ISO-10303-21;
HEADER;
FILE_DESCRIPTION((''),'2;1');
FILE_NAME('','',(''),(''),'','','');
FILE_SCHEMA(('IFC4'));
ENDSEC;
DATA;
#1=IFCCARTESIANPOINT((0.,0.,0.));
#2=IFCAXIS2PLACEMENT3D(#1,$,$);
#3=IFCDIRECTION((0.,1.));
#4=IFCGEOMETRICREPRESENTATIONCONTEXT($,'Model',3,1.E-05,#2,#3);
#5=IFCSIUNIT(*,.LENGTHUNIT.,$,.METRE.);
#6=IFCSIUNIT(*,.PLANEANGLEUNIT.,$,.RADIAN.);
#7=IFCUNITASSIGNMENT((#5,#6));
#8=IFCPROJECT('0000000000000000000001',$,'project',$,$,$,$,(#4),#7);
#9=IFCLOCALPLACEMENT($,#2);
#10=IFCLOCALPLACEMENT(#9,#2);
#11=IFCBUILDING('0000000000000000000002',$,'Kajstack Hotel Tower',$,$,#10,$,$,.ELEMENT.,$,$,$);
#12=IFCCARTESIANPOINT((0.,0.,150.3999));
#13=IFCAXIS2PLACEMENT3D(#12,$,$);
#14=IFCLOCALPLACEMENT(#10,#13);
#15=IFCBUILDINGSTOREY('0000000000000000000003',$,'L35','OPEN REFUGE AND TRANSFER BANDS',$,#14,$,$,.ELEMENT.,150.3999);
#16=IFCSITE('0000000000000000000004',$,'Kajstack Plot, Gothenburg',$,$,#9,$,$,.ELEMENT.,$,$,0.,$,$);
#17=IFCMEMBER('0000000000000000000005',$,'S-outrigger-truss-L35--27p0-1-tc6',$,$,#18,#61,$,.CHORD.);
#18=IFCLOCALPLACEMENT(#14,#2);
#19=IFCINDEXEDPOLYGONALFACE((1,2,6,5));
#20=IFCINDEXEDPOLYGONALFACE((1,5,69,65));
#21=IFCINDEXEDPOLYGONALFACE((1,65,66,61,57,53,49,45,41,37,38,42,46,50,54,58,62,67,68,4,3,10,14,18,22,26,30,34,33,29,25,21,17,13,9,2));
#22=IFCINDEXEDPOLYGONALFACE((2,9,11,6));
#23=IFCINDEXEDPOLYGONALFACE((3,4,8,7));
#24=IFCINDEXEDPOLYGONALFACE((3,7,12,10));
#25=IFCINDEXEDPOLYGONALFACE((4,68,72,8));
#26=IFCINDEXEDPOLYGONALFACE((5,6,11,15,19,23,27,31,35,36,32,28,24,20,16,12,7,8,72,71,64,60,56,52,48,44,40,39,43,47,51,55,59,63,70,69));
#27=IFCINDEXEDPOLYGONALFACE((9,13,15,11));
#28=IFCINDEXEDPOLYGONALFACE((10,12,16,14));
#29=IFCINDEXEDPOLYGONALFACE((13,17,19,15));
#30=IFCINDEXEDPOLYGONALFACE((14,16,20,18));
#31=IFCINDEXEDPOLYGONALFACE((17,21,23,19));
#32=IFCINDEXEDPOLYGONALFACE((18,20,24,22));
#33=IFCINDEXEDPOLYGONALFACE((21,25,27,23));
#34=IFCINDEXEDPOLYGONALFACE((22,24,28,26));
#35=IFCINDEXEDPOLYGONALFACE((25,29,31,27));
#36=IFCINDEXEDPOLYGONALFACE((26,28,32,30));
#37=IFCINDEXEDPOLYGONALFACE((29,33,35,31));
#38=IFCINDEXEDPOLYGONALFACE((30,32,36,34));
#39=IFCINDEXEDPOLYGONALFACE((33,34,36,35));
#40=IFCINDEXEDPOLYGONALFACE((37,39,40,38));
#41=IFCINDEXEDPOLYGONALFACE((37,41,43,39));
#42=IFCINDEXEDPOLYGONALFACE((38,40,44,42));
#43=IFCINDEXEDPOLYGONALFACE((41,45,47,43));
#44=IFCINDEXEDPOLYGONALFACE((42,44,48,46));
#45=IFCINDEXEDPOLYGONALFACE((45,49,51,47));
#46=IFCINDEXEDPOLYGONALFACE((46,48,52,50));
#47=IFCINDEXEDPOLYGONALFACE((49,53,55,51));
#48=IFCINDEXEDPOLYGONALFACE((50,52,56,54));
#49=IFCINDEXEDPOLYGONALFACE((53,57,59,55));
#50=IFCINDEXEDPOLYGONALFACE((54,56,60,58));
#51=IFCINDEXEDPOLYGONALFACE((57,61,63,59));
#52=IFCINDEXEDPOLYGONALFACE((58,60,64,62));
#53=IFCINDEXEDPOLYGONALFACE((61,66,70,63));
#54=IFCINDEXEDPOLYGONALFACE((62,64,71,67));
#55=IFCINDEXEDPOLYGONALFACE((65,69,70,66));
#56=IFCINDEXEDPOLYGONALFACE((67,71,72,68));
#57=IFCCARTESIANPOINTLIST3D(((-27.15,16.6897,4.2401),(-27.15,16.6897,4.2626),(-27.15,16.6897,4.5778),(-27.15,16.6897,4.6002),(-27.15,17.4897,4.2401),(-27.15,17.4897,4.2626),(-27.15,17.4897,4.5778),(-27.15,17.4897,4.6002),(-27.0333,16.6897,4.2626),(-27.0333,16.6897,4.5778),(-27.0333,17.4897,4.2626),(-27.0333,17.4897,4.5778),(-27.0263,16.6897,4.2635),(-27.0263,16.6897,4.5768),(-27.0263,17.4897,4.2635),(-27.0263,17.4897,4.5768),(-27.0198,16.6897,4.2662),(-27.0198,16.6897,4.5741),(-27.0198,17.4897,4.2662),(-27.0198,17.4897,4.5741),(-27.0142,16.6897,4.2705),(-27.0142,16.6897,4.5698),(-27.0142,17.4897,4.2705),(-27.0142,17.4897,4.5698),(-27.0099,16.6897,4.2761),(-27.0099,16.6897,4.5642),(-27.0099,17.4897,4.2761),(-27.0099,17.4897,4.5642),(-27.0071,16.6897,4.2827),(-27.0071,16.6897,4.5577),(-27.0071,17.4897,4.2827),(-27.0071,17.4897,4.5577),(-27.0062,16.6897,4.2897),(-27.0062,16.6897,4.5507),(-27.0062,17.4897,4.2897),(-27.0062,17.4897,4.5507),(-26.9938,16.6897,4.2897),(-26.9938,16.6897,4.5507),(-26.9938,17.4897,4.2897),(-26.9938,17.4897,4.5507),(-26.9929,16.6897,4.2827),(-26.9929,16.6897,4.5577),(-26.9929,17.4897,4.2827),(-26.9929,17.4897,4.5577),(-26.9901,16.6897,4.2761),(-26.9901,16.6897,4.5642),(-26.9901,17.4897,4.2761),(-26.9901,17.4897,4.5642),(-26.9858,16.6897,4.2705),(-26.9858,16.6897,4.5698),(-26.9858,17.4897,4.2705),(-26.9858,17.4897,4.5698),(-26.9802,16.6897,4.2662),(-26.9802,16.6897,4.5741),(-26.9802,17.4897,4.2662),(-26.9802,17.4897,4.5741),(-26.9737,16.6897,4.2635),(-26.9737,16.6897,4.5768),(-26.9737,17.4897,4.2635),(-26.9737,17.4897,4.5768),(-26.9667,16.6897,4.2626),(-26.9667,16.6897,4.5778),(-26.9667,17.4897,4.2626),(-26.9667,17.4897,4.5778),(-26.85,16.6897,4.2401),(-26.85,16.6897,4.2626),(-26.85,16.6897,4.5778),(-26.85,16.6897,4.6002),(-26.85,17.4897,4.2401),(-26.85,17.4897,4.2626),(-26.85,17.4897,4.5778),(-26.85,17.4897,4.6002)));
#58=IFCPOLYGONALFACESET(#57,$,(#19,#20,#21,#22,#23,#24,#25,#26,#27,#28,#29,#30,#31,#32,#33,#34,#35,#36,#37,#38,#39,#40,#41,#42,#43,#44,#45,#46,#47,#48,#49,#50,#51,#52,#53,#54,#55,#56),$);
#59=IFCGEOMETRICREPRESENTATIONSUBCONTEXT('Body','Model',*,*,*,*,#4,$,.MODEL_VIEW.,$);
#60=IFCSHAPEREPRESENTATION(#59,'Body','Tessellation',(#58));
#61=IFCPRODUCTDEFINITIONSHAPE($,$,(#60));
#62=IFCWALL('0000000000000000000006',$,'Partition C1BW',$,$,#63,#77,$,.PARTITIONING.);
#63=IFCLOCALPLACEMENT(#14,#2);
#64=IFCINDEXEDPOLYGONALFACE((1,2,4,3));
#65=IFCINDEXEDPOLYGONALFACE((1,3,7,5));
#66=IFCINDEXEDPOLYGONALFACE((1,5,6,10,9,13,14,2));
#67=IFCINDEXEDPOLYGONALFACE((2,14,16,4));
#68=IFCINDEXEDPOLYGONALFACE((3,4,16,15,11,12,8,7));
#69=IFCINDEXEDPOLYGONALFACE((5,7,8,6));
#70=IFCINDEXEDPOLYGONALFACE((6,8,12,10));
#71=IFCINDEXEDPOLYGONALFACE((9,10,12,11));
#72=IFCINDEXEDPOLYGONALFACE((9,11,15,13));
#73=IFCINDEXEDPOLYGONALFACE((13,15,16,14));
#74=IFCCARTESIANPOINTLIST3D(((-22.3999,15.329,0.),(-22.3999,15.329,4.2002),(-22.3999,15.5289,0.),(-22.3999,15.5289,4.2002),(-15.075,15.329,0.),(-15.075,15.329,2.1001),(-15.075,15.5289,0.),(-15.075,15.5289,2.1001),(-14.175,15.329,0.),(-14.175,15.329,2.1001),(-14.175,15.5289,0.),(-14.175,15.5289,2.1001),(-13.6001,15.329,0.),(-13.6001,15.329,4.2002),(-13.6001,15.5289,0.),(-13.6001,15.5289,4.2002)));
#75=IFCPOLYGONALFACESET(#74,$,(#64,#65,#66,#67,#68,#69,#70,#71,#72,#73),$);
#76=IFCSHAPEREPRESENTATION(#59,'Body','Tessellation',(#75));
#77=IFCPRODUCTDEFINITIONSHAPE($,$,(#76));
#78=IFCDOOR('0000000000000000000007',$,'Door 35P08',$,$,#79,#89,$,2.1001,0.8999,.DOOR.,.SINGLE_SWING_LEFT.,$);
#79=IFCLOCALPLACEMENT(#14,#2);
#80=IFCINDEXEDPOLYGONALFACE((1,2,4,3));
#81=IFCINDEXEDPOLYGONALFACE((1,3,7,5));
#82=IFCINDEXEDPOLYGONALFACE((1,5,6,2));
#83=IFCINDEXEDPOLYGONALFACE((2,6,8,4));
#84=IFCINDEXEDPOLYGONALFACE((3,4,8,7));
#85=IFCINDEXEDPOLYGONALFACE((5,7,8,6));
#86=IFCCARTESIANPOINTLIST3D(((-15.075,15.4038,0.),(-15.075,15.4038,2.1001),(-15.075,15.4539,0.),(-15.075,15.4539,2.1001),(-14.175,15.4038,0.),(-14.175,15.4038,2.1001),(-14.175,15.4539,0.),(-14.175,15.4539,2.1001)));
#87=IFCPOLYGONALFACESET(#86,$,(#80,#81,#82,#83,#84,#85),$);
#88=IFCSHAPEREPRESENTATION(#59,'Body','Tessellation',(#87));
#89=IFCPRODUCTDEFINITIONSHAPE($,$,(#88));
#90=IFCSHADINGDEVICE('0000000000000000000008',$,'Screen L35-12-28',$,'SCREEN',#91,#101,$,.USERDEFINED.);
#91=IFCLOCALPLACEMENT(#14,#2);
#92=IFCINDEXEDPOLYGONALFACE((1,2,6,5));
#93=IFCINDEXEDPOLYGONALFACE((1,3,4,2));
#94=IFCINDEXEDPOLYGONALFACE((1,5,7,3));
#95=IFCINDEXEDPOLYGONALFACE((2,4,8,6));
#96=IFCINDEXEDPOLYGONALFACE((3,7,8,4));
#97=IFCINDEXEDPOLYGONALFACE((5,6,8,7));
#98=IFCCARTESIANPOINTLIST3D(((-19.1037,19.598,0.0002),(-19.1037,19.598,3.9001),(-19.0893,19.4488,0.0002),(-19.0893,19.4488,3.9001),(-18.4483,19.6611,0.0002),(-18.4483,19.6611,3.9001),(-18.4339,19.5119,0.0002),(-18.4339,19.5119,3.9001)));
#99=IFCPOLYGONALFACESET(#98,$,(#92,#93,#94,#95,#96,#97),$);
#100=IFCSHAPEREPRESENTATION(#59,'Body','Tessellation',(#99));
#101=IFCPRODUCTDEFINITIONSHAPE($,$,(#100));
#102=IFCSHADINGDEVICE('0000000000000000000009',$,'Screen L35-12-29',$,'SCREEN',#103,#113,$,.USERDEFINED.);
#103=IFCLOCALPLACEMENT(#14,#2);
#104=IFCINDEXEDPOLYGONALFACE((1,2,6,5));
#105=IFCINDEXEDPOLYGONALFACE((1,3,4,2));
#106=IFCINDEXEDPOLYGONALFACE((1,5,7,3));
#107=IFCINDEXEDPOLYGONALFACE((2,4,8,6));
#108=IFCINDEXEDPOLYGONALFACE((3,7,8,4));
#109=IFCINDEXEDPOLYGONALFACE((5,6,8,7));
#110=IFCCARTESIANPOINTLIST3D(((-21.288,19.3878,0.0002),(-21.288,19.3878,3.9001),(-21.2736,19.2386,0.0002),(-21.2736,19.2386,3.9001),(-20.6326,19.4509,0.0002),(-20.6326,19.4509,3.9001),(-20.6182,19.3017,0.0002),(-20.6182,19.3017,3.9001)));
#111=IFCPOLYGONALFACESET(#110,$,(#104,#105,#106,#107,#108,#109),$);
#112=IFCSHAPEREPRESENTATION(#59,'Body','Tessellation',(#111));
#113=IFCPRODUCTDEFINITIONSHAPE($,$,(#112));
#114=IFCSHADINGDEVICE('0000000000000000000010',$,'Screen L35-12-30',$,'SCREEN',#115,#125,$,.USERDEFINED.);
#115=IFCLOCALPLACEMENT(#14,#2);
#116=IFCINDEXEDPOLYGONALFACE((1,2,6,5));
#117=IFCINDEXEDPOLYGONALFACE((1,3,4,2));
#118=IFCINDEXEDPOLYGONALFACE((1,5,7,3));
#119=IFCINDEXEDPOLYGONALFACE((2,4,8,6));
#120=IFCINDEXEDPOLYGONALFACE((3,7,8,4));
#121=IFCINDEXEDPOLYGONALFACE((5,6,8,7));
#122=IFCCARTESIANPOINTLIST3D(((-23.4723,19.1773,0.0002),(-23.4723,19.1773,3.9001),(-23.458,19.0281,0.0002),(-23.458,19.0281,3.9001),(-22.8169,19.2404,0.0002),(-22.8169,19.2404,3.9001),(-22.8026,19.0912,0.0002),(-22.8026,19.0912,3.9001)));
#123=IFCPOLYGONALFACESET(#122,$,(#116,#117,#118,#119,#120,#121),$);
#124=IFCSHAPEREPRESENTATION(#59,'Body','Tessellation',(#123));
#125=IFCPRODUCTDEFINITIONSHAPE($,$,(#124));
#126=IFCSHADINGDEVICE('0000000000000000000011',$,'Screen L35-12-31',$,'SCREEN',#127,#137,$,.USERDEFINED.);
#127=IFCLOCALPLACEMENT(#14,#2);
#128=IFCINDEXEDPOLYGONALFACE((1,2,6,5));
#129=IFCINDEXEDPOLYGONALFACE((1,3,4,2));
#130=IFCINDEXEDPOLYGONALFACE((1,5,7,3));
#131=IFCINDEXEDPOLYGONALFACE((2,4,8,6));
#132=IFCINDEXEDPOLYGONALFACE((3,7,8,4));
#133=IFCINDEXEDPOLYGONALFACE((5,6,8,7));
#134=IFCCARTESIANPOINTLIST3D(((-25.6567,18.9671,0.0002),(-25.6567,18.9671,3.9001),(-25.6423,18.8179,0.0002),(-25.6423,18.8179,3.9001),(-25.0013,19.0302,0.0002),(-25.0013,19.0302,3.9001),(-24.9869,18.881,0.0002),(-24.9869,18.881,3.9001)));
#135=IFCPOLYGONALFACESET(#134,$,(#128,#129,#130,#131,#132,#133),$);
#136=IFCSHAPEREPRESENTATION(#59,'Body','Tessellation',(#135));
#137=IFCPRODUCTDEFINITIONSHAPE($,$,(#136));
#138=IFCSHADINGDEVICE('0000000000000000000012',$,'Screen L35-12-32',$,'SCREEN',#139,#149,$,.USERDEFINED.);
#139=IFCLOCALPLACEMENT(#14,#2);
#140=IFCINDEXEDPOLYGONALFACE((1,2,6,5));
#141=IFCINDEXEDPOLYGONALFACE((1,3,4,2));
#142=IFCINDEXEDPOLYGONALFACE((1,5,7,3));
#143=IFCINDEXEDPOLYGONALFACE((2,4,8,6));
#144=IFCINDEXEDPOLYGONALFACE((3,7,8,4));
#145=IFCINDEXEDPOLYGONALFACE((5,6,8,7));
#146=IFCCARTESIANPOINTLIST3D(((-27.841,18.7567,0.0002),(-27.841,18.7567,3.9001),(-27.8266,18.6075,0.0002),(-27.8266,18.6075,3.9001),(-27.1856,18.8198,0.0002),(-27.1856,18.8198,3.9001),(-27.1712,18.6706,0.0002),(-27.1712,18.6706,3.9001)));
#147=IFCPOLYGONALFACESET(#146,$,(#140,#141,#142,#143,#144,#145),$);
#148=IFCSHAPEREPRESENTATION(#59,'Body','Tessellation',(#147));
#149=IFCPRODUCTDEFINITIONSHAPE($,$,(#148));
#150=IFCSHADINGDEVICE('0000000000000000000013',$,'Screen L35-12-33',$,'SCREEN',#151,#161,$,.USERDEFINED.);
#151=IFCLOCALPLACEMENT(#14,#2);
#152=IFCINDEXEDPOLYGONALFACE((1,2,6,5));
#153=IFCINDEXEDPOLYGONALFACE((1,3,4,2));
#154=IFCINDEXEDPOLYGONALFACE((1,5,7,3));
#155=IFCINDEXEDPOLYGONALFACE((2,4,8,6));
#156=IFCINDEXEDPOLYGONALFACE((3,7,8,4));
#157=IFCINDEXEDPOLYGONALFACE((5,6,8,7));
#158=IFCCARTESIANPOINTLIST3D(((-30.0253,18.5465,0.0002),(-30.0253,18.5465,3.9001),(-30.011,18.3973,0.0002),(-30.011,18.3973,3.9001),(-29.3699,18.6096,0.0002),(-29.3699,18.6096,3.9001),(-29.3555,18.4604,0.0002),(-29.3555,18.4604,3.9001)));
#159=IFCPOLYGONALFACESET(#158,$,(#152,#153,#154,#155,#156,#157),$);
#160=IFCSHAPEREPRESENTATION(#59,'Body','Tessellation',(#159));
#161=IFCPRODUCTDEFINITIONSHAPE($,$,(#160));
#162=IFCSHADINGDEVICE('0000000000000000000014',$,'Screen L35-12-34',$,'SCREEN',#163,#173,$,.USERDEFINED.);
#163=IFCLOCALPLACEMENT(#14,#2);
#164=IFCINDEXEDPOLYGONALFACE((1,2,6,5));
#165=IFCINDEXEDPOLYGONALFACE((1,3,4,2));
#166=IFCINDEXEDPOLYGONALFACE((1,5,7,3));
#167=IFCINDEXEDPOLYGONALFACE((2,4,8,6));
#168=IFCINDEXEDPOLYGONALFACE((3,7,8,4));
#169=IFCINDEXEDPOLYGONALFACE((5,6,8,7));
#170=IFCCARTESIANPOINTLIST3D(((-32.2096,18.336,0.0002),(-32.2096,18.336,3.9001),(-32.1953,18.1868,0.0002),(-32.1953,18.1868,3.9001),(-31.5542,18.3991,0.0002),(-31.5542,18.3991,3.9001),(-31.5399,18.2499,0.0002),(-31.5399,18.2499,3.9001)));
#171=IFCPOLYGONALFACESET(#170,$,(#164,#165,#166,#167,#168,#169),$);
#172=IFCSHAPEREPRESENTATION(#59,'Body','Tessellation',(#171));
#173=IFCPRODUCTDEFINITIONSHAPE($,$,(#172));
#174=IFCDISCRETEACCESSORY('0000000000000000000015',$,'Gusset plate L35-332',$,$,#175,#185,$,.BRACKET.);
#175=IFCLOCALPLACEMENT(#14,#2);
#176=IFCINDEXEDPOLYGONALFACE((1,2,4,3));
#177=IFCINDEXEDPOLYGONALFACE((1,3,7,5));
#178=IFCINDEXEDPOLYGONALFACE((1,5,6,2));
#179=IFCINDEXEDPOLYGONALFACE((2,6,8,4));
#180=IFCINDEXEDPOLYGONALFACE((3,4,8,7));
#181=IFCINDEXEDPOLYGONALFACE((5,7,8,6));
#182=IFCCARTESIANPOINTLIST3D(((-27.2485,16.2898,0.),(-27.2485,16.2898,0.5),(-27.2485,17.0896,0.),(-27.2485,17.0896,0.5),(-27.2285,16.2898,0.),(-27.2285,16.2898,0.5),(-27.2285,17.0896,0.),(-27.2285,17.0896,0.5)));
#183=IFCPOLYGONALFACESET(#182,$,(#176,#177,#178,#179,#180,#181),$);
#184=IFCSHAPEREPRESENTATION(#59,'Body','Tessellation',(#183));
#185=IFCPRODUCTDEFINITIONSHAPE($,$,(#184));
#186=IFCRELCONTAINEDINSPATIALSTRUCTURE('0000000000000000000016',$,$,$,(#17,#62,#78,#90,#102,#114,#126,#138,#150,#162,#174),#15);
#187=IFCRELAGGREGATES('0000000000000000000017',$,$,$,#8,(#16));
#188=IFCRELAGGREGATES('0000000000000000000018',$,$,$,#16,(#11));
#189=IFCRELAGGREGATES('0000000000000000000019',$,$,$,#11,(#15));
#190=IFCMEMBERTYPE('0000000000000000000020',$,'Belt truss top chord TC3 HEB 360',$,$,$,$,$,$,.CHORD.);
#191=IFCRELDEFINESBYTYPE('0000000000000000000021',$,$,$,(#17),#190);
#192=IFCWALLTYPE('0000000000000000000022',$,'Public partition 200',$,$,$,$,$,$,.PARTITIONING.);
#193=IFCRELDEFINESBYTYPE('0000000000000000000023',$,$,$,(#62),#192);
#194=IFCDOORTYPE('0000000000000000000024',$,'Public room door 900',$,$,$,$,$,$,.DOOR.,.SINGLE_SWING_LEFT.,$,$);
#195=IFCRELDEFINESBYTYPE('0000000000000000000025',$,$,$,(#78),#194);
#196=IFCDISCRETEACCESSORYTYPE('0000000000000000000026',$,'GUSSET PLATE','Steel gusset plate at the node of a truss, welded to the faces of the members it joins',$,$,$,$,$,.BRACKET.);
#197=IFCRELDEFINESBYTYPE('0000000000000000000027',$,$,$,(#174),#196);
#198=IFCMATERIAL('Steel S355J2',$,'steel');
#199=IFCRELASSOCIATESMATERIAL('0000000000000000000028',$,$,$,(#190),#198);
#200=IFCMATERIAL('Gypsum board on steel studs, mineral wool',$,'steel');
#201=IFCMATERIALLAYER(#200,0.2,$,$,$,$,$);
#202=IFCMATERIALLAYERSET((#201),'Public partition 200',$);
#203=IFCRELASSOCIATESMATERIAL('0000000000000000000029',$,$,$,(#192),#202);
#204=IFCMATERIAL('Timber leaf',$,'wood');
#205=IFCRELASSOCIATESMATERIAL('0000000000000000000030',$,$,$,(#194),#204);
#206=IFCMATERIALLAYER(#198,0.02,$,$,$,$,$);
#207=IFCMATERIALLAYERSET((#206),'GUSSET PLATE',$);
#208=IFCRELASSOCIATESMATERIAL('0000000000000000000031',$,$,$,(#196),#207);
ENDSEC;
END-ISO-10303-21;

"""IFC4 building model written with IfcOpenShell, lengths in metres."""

from ifc_helpers import new_model, si_unit, direction, frame, frame_2d, origin, origin_2d, place, context, subcontext, project, spatial, polyline, rectangle, i_section, outline, extrude, material, layer, layer_set, material_profile, profile_set, type_object, element, fill, save


model = new_model("IFC4")

# Units and contexts
model_context = context("Model", 3, precision=1e-05, world=origin(), true_north=direction((0.0, 1.0)))
body_context = subcontext(model_context, "Body", "Model", "MODEL_VIEW")
ifc_project = project(units=[si_unit("LENGTHUNIT", "METRE"), si_unit("PLANEANGLEUNIT", "RADIAN")], contexts=[model_context])

# Site, building, storey
site_placement = place(None, origin())
site = spatial("IfcSite", under=ifc_project, at=site_placement, Name="Kajstack Plot, Gothenburg", CompositionType="ELEMENT", RefElevation=0.0)
building_placement = place(site_placement, origin())
building = spatial("IfcBuilding", under=site, at=building_placement, Name="Kajstack Hotel Tower", CompositionType="ELEMENT")
storey_placement = place(building_placement, frame((0.0, 0.0, 150.3999)))
storey = spatial("IfcBuildingStorey", under=building, at=storey_placement, Name="L35", Description="OPEN REFUGE AND TRANSFER BANDS", CompositionType="ELEMENT", Elevation=150.3999)

# Member
ifc_material_1 = material(Name="Steel S355J2", Category="steel")
ifc_material_profile_1 = material_profile(ifc_material_1, i_section(OverallWidth=0.3, OverallDepth=0.3601, WebThickness=0.0125, FlangeThickness=0.0225, FilletRadius=0.0271, at=origin_2d()), Name="HEB 360")
ifc_profile_set_1 = profile_set([ifc_material_profile_1], Name="Steel S355J2")
member_type_1 = type_object("IfcMemberType", Name="Belt truss top chord TC3 HEB 360", PredefinedType="CHORD", material=ifc_profile_set_1)
member_1_placement = place(storey_placement, frame((-27.0, 16.6897, 4.4202), z_axis=(0.0, 1.0, 0.0), x_axis=(-1.0, 0.0, 0.0)))
element("IfcMember", 1, at=member_1_placement, inside=storey, type_object=member_type_1, Name="S-outrigger-truss-L35--27p0-1-tc6", PredefinedType="CHORD", context=body_context, shape_type="SweptSolid", body=[
    extrude(i_section(OverallWidth=0.3, OverallDepth=0.3601, WebThickness=0.0125, FlangeThickness=0.0225, FilletRadius=0.0271, at=origin_2d()), origin(), (0.0, 0.0, 1.0), 0.8),
])

# Wall, opening, door
ifc_material_2 = material(Name="Gypsum board on steel studs, mineral wool", Category="steel")
ifc_layer_1 = layer(ifc_material_2, 0.2)
ifc_layer_set_1 = layer_set([ifc_layer_1], Name="Public partition 200")
wall_type = type_object("IfcWallType", Name="Public partition 200", PredefinedType="PARTITIONING", material=ifc_layer_set_1)
wall_placement = place(storey_placement, frame((-22.3999, 15.429, 0.0), z_axis=(0.0, 0.0, 1.0), x_axis=(1.0, 0.0, 0.0)))
wall = element("IfcWall", 2, at=wall_placement, inside=storey, type_object=wall_type, Name="Partition C1BW", PredefinedType="PARTITIONING", context=body_context, shape_type="SweptSolid", body=[
    extrude(rectangle(XDim=8.7998, YDim=0.2, at=frame_2d((4.3999, 0.0))), origin(), (0.0, 0.0, 1.0), 4.2002),
])
opening_placement = place(wall_placement, frame((7.325, 0.0, 0.0)))
opening = element("IfcOpeningElement", 3, at=opening_placement, cuts=wall, PredefinedType="OPENING", context=body_context, shape_type="SweptSolid", body=[
    extrude(rectangle(XDim=0.8999, YDim=2.1001, at=frame_2d((0.45, 1.05))), frame((0.0, 0.1099, 0.0), z_axis=(0.0, -1.0, 0.0), x_axis=(1.0, 0.0, 0.0)), (0.0, 0.0, 1.0), 0.22),
])
ifc_material_3 = material(Name="Timber leaf", Category="wood")
door_type = type_object("IfcDoorType", Name="Public room door 900", OperationType="SINGLE_SWING_LEFT", PredefinedType="DOOR", material=ifc_material_3)
door_placement = place(opening_placement, origin())
door = element("IfcDoor", 4, at=door_placement, inside=storey, type_object=door_type, Name="Door 35P08", OperationType="SINGLE_SWING_LEFT", OverallHeight=2.1001, OverallWidth=0.8999, PredefinedType="DOOR", context=body_context, shape_type="SweptSolid", body=[
    extrude(rectangle(XDim=0.8999, YDim=2.1001, at=frame_2d((0.45, 1.05))), frame((0.0, 0.0249, 0.0), z_axis=(0.0, -1.0, 0.0), x_axis=(1.0, 0.0, 0.0)), (0.0, 0.0, 1.0), 0.05),
])
fill(opening, door)

# Shading devices
for number, where, z_axis, x_axis, name in (
    (5, (-18.7688, 19.5549, 0.0002), (0.0, 0.0, 1.0), (-0.995396, -0.095846, 0.0), "Screen L35-12-28"),
    (6, (-20.9531, 19.3447, 0.0002), (0.0, 0.0, 1.0), (-0.995396, -0.095846, 0.0), "Screen L35-12-29"),
    (7, (-23.1375, 19.1343, 0.0002), (0.0, 0.0, 1.0), (-0.995396, -0.095846, 0.0), "Screen L35-12-30"),
    (8, (-25.3218, 18.9241, 0.0002), (0.0, 0.0, 1.0), (-0.995396, -0.095846, 0.0), "Screen L35-12-31"),
    (9, (-27.5061, 18.7136, 0.0002), (0.0, 0.0, 1.0), (-0.995396, -0.095846, 0.0), "Screen L35-12-32"),
    (10, (-29.6904, 18.5034, 0.0002), (0.0, 0.0, 1.0), (-0.995396, -0.095846, 0.0), "Screen L35-12-33"),
    (11, (-31.8748, 18.293, 0.0002), (0.0, 0.0, 1.0), (-0.995396, -0.095846, 0.0), "Screen L35-12-34"),
):
    element("IfcShadingDevice", number, at=place(storey_placement, frame(where, z_axis=z_axis, x_axis=x_axis)), inside=storey, Name=name, ObjectType="SCREEN", PredefinedType="USERDEFINED", context=body_context, shape_type="SweptSolid", body=[
        extrude(rectangle(XDim=0.6584, YDim=0.1499, at=origin_2d()), origin(), (0.0, 0.0, 1.0), 3.8999),
    ])

# Discrete accessory
ifc_layer_2 = layer(ifc_material_1, 0.02)
ifc_layer_set_2 = layer_set([ifc_layer_2], Name="GUSSET PLATE")
discrete_accessory_type = type_object("IfcDiscreteAccessoryType", Name="GUSSET PLATE", Description="Steel gusset plate at the node of a truss, welded to the faces of the members it joins", PredefinedType="BRACKET", material=ifc_layer_set_2)
discrete_accessory_1_placement = place(storey_placement, frame((-27.2485, 16.6897, 0.0), z_axis=(1.0, 0.0, 0.0), x_axis=(0.0, 1.0, 0.0)))
element("IfcDiscreteAccessory", 12, at=discrete_accessory_1_placement, inside=storey, type_object=discrete_accessory_type, Name="Gusset plate L35-332", PredefinedType="BRACKET", context=body_context, shape_type="SweptSolid", body=[
    extrude(outline(polyline([(-0.3999, 0.0), (0.3999, 0.0), (0.3999, 0.5), (-0.3999, 0.5), (-0.3999, 0.0)])), origin(), (0.0, 0.0, 1.0), 0.02),
])

save(model, "model.ifc")
